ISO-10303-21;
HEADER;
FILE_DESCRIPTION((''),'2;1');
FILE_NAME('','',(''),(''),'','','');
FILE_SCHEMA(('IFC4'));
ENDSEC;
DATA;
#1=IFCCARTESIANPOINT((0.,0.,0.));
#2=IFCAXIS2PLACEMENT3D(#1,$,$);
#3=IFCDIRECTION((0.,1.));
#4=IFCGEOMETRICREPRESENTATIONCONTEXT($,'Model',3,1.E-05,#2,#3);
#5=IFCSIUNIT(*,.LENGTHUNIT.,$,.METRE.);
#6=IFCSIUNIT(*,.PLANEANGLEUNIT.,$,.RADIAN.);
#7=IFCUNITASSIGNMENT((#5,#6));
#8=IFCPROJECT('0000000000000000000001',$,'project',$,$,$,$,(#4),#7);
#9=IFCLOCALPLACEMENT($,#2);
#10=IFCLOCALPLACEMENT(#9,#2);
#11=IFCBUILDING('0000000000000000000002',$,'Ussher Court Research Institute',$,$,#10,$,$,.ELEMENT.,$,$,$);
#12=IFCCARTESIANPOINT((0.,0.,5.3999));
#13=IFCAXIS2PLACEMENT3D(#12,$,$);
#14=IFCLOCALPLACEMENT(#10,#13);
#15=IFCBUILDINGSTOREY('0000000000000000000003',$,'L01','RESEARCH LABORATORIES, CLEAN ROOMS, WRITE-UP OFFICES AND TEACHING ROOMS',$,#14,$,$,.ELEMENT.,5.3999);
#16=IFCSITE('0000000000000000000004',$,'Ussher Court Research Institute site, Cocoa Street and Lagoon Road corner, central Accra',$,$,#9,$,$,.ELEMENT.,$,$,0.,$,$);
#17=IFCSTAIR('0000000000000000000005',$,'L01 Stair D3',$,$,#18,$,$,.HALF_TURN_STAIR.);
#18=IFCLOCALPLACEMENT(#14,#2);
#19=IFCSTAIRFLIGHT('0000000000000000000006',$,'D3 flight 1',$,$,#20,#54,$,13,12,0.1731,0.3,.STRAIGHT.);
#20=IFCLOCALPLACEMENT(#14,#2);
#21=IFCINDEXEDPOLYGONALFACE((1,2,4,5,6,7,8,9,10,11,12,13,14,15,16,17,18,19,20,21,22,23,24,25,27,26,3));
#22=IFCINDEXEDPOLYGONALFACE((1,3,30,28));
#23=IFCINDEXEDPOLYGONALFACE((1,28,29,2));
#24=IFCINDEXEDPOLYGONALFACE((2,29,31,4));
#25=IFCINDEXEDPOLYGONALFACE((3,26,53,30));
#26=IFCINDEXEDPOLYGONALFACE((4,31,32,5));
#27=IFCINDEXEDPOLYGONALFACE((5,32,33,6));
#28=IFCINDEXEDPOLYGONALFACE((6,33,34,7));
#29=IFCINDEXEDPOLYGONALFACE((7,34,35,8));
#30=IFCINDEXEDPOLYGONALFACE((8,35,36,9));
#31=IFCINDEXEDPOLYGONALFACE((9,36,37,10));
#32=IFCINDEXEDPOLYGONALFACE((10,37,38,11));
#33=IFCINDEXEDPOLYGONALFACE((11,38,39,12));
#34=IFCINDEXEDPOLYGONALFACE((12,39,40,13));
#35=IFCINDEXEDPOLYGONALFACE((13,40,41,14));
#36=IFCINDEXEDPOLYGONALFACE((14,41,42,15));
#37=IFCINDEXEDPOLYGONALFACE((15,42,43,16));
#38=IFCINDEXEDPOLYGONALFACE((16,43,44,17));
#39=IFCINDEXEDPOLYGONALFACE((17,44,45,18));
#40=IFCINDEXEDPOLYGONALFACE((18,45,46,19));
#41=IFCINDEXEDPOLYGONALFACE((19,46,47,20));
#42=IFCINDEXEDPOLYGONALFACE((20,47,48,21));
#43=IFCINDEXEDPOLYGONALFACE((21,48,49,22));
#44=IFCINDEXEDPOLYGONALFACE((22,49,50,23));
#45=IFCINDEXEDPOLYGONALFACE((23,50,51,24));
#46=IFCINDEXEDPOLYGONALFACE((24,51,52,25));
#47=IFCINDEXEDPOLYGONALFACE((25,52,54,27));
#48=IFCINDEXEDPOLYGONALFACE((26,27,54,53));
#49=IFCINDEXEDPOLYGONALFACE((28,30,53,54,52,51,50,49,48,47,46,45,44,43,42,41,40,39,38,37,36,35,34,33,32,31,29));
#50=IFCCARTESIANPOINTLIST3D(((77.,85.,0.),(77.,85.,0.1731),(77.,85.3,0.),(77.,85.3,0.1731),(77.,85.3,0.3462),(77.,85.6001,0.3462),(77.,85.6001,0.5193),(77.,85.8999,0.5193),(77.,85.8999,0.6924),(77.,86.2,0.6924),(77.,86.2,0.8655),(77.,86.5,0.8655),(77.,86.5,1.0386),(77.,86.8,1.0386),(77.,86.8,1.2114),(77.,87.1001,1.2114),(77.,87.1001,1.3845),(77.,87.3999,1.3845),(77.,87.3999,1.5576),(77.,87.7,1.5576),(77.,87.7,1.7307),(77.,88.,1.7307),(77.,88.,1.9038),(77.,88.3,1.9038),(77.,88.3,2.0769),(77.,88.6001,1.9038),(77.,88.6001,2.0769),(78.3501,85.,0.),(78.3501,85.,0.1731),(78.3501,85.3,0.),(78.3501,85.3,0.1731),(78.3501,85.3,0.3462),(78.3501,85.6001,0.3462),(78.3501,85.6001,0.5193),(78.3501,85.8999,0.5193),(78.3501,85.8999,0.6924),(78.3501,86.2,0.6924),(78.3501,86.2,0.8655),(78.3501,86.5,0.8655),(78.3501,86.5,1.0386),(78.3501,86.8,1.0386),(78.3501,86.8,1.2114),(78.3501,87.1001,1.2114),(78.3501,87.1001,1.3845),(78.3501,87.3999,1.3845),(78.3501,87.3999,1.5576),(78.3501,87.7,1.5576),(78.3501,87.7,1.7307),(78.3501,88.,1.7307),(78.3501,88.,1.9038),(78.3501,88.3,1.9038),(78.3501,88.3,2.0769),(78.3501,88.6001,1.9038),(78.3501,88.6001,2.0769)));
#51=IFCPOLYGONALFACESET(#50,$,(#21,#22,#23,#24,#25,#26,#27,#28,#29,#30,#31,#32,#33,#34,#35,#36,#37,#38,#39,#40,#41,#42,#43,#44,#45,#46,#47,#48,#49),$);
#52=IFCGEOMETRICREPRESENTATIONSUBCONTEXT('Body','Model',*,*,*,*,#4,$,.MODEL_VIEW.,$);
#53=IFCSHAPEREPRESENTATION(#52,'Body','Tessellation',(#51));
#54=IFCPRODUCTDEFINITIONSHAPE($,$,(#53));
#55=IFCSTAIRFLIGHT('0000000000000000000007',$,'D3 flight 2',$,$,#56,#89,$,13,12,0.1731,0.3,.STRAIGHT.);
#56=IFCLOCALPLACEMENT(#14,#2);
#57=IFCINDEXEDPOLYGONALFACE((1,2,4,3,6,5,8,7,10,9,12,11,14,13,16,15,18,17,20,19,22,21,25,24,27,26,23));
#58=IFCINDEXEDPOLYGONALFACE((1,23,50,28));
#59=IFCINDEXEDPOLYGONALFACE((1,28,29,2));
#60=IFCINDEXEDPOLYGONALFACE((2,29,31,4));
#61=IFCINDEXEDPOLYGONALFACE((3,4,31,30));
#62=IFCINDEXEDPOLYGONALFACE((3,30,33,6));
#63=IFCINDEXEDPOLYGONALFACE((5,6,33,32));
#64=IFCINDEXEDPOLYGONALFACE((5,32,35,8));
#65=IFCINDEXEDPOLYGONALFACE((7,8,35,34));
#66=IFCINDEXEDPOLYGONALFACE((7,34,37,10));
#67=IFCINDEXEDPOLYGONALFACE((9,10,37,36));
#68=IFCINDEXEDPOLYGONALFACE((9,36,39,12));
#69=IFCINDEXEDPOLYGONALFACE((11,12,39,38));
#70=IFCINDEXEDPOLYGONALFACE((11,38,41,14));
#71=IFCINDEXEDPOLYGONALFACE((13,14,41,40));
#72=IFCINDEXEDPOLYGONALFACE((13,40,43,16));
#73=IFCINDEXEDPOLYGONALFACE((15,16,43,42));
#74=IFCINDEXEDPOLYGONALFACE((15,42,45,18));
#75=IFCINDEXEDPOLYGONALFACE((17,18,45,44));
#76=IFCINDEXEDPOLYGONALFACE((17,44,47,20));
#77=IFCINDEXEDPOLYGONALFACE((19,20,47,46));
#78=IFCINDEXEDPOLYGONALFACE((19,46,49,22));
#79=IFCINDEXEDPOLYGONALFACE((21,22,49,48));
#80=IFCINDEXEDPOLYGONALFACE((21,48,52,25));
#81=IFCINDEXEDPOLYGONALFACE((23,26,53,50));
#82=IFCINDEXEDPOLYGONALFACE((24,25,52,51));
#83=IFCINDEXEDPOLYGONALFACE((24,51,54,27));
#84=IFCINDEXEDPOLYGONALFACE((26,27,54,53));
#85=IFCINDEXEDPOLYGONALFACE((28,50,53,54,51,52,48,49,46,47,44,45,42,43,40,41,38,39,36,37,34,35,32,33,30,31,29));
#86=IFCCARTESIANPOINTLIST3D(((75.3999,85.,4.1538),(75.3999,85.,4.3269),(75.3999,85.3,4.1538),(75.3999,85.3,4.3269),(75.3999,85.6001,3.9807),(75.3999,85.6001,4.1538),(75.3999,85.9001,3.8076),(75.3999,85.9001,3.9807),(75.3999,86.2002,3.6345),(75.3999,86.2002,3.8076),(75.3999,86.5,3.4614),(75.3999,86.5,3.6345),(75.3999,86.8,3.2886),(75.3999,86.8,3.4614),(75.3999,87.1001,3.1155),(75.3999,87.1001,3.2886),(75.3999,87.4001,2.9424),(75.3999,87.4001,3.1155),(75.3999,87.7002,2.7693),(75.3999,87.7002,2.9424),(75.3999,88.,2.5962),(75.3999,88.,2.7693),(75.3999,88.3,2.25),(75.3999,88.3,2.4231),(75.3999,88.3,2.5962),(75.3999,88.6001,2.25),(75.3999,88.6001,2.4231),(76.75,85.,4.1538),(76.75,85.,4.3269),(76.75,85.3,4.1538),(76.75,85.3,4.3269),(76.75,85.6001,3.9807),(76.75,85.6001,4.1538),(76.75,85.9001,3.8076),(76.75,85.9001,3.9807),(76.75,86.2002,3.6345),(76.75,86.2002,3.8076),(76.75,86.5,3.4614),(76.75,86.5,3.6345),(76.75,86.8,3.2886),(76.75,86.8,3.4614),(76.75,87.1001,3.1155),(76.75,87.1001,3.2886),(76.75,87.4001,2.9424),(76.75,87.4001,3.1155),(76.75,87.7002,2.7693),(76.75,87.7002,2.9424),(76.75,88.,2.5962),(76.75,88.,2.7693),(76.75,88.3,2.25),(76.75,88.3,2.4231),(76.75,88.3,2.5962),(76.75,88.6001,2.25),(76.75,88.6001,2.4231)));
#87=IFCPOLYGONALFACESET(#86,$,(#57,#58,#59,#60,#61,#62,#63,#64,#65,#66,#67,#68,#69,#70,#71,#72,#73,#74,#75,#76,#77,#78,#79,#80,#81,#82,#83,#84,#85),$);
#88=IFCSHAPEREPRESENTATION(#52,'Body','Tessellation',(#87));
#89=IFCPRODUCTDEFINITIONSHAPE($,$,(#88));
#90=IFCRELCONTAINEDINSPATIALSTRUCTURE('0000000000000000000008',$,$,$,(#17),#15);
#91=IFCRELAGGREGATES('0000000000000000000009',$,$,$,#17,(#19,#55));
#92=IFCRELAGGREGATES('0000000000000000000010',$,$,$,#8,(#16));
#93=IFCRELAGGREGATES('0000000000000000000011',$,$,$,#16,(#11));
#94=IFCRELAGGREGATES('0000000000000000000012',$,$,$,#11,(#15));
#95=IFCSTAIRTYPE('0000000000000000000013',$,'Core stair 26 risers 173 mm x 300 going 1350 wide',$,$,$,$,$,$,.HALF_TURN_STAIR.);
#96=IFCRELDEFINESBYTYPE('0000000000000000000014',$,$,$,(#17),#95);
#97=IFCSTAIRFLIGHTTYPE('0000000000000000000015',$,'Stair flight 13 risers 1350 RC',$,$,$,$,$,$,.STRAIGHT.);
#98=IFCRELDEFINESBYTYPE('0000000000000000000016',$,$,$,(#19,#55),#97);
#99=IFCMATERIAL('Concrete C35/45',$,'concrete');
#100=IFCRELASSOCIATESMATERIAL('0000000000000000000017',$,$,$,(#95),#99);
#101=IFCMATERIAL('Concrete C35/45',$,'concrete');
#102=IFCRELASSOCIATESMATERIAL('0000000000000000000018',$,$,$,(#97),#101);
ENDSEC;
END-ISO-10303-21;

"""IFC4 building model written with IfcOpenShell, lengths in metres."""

from ifc_helpers import new_model, si_unit, direction, frame, origin, place, context, subcontext, project, spatial, polyline, outline, extrude, material, type_object, element, aggregate, save


model = new_model("IFC4")

# Units and contexts
model_context = context("Model", 3, precision=1e-05, world=origin(), true_north=direction((0.0, 1.0)))
body_context = subcontext(model_context, "Body", "Model", "MODEL_VIEW")
ifc_project = project(units=[si_unit("LENGTHUNIT", "METRE"), si_unit("PLANEANGLEUNIT", "RADIAN")], contexts=[model_context])

# Site, building, storey
site_placement = place(None, origin())
site = spatial("IfcSite", under=ifc_project, at=site_placement, Name="Ussher Court Research Institute site, Cocoa Street and Lagoon Road corner, central Accra", CompositionType="ELEMENT", RefElevation=0.0)
building_placement = place(site_placement, origin())
building = spatial("IfcBuilding", under=site, at=building_placement, Name="Ussher Court Research Institute", CompositionType="ELEMENT")
storey_placement = place(building_placement, frame((0.0, 0.0, 5.3999)))
storey = spatial("IfcBuildingStorey", under=building, at=storey_placement, Name="L01", Description="RESEARCH LABORATORIES, CLEAN ROOMS, WRITE-UP OFFICES AND TEACHING ROOMS", CompositionType="ELEMENT", Elevation=5.3999)

# Stair, stair flights
ifc_material_1 = material(Name="Concrete C35/45", Category="concrete")
stair_type = type_object("IfcStairType", Name="Core stair 26 risers 173 mm x 300 going 1350 wide", PredefinedType="HALF_TURN_STAIR", material=ifc_material_1)
stair_placement = place(storey_placement, origin())
stair = element("IfcStair", 1, at=stair_placement, inside=storey, type_object=stair_type, Name="L01 Stair D3", PredefinedType="HALF_TURN_STAIR")
ifc_material_2 = material(Name="Concrete C35/45", Category="concrete")
stair_flight_type = type_object("IfcStairFlightType", Name="Stair flight 13 risers 1350 RC", PredefinedType="STRAIGHT", material=ifc_material_2)
stair_flight_1_placement = place(storey_placement, frame((77.675, 85.0, 0.0), z_axis=(0.0, 0.0, 1.0), x_axis=(0.0, 1.0, 0.0)))
stair_flight_1 = element("IfcStairFlight", 2, at=stair_flight_1_placement, type_object=stair_flight_type, Name="D3 flight 1", NumberOfRisers=13, NumberOfTreads=12, PredefinedType="STRAIGHT", RiserHeight=0.1731, TreadLength=0.3, context=body_context, shape_type="SweptSolid", body=[
    extrude(outline(polyline([(0.0, 0.0), (0.0, 0.1731), (0.3, 0.1731), (0.3, 0.3462), (0.6001, 0.3462), (0.6001, 0.5193), (0.8999, 0.5193), (0.8999, 0.6924), (1.2, 0.6924), (1.2, 0.8655), (1.5, 0.8655), (1.5, 1.0386), (1.8, 1.0386), (1.8, 1.2114), (2.1001, 1.2114), (2.1001, 1.3845), (2.3999, 1.3845), (2.3999, 1.5576), (2.7, 1.5576), (2.7, 1.7307), (3.0, 1.7307), (3.0, 1.9038), (3.3, 1.9038), (3.3, 2.0769), (3.6001, 2.0769), (3.6001, 2.25), (3.6001, 1.9038), (0.3, 0.0), (0.0, 0.0)])), frame((0.0, 0.675, 0.0), z_axis=(0.0, -1.0, 0.0), x_axis=(1.0, 0.0, 0.0)), (0.0, 0.0, 1.0), 1.3501),
])
stair_flight_2_placement = place(storey_placement, frame((76.075, 88.6001, 2.25), z_axis=(0.0, 0.0, 1.0), x_axis=(0.0, -1.0, 0.0)))
stair_flight_2 = element("IfcStairFlight", 3, at=stair_flight_2_placement, type_object=stair_flight_type, Name="D3 flight 2", NumberOfRisers=13, NumberOfTreads=12, PredefinedType="STRAIGHT", RiserHeight=0.1731, TreadLength=0.3, context=body_context, shape_type="SweptSolid", body=[
    extrude(outline(polyline([(0.0, 0.0), (0.0, 0.1731), (0.3, 0.1731), (0.3, 0.3462), (0.6001, 0.3462), (0.6001, 0.5193), (0.8999, 0.5193), (0.8999, 0.6924), (1.2, 0.6924), (1.2, 0.8655), (1.5, 0.8655), (1.5, 1.0386), (1.8, 1.0386), (1.8, 1.2114), (2.1001, 1.2114), (2.1001, 1.3845), (2.3999, 1.3845), (2.3999, 1.5576), (2.7, 1.5576), (2.7, 1.7307), (3.0, 1.7307), (3.0, 1.9038), (3.3, 1.9038), (3.3, 2.0769), (3.6001, 2.0769), (3.6001, 2.25), (3.6001, 1.9038), (0.3, 0.0), (0.0, 0.0)])), frame((0.0, 0.675, 0.0), z_axis=(0.0, -1.0, 0.0), x_axis=(1.0, 0.0, 0.0)), (0.0, 0.0, 1.0), 1.3501),
])
aggregate(stair, [stair_flight_1, stair_flight_2])

save(model, "model.ifc")
